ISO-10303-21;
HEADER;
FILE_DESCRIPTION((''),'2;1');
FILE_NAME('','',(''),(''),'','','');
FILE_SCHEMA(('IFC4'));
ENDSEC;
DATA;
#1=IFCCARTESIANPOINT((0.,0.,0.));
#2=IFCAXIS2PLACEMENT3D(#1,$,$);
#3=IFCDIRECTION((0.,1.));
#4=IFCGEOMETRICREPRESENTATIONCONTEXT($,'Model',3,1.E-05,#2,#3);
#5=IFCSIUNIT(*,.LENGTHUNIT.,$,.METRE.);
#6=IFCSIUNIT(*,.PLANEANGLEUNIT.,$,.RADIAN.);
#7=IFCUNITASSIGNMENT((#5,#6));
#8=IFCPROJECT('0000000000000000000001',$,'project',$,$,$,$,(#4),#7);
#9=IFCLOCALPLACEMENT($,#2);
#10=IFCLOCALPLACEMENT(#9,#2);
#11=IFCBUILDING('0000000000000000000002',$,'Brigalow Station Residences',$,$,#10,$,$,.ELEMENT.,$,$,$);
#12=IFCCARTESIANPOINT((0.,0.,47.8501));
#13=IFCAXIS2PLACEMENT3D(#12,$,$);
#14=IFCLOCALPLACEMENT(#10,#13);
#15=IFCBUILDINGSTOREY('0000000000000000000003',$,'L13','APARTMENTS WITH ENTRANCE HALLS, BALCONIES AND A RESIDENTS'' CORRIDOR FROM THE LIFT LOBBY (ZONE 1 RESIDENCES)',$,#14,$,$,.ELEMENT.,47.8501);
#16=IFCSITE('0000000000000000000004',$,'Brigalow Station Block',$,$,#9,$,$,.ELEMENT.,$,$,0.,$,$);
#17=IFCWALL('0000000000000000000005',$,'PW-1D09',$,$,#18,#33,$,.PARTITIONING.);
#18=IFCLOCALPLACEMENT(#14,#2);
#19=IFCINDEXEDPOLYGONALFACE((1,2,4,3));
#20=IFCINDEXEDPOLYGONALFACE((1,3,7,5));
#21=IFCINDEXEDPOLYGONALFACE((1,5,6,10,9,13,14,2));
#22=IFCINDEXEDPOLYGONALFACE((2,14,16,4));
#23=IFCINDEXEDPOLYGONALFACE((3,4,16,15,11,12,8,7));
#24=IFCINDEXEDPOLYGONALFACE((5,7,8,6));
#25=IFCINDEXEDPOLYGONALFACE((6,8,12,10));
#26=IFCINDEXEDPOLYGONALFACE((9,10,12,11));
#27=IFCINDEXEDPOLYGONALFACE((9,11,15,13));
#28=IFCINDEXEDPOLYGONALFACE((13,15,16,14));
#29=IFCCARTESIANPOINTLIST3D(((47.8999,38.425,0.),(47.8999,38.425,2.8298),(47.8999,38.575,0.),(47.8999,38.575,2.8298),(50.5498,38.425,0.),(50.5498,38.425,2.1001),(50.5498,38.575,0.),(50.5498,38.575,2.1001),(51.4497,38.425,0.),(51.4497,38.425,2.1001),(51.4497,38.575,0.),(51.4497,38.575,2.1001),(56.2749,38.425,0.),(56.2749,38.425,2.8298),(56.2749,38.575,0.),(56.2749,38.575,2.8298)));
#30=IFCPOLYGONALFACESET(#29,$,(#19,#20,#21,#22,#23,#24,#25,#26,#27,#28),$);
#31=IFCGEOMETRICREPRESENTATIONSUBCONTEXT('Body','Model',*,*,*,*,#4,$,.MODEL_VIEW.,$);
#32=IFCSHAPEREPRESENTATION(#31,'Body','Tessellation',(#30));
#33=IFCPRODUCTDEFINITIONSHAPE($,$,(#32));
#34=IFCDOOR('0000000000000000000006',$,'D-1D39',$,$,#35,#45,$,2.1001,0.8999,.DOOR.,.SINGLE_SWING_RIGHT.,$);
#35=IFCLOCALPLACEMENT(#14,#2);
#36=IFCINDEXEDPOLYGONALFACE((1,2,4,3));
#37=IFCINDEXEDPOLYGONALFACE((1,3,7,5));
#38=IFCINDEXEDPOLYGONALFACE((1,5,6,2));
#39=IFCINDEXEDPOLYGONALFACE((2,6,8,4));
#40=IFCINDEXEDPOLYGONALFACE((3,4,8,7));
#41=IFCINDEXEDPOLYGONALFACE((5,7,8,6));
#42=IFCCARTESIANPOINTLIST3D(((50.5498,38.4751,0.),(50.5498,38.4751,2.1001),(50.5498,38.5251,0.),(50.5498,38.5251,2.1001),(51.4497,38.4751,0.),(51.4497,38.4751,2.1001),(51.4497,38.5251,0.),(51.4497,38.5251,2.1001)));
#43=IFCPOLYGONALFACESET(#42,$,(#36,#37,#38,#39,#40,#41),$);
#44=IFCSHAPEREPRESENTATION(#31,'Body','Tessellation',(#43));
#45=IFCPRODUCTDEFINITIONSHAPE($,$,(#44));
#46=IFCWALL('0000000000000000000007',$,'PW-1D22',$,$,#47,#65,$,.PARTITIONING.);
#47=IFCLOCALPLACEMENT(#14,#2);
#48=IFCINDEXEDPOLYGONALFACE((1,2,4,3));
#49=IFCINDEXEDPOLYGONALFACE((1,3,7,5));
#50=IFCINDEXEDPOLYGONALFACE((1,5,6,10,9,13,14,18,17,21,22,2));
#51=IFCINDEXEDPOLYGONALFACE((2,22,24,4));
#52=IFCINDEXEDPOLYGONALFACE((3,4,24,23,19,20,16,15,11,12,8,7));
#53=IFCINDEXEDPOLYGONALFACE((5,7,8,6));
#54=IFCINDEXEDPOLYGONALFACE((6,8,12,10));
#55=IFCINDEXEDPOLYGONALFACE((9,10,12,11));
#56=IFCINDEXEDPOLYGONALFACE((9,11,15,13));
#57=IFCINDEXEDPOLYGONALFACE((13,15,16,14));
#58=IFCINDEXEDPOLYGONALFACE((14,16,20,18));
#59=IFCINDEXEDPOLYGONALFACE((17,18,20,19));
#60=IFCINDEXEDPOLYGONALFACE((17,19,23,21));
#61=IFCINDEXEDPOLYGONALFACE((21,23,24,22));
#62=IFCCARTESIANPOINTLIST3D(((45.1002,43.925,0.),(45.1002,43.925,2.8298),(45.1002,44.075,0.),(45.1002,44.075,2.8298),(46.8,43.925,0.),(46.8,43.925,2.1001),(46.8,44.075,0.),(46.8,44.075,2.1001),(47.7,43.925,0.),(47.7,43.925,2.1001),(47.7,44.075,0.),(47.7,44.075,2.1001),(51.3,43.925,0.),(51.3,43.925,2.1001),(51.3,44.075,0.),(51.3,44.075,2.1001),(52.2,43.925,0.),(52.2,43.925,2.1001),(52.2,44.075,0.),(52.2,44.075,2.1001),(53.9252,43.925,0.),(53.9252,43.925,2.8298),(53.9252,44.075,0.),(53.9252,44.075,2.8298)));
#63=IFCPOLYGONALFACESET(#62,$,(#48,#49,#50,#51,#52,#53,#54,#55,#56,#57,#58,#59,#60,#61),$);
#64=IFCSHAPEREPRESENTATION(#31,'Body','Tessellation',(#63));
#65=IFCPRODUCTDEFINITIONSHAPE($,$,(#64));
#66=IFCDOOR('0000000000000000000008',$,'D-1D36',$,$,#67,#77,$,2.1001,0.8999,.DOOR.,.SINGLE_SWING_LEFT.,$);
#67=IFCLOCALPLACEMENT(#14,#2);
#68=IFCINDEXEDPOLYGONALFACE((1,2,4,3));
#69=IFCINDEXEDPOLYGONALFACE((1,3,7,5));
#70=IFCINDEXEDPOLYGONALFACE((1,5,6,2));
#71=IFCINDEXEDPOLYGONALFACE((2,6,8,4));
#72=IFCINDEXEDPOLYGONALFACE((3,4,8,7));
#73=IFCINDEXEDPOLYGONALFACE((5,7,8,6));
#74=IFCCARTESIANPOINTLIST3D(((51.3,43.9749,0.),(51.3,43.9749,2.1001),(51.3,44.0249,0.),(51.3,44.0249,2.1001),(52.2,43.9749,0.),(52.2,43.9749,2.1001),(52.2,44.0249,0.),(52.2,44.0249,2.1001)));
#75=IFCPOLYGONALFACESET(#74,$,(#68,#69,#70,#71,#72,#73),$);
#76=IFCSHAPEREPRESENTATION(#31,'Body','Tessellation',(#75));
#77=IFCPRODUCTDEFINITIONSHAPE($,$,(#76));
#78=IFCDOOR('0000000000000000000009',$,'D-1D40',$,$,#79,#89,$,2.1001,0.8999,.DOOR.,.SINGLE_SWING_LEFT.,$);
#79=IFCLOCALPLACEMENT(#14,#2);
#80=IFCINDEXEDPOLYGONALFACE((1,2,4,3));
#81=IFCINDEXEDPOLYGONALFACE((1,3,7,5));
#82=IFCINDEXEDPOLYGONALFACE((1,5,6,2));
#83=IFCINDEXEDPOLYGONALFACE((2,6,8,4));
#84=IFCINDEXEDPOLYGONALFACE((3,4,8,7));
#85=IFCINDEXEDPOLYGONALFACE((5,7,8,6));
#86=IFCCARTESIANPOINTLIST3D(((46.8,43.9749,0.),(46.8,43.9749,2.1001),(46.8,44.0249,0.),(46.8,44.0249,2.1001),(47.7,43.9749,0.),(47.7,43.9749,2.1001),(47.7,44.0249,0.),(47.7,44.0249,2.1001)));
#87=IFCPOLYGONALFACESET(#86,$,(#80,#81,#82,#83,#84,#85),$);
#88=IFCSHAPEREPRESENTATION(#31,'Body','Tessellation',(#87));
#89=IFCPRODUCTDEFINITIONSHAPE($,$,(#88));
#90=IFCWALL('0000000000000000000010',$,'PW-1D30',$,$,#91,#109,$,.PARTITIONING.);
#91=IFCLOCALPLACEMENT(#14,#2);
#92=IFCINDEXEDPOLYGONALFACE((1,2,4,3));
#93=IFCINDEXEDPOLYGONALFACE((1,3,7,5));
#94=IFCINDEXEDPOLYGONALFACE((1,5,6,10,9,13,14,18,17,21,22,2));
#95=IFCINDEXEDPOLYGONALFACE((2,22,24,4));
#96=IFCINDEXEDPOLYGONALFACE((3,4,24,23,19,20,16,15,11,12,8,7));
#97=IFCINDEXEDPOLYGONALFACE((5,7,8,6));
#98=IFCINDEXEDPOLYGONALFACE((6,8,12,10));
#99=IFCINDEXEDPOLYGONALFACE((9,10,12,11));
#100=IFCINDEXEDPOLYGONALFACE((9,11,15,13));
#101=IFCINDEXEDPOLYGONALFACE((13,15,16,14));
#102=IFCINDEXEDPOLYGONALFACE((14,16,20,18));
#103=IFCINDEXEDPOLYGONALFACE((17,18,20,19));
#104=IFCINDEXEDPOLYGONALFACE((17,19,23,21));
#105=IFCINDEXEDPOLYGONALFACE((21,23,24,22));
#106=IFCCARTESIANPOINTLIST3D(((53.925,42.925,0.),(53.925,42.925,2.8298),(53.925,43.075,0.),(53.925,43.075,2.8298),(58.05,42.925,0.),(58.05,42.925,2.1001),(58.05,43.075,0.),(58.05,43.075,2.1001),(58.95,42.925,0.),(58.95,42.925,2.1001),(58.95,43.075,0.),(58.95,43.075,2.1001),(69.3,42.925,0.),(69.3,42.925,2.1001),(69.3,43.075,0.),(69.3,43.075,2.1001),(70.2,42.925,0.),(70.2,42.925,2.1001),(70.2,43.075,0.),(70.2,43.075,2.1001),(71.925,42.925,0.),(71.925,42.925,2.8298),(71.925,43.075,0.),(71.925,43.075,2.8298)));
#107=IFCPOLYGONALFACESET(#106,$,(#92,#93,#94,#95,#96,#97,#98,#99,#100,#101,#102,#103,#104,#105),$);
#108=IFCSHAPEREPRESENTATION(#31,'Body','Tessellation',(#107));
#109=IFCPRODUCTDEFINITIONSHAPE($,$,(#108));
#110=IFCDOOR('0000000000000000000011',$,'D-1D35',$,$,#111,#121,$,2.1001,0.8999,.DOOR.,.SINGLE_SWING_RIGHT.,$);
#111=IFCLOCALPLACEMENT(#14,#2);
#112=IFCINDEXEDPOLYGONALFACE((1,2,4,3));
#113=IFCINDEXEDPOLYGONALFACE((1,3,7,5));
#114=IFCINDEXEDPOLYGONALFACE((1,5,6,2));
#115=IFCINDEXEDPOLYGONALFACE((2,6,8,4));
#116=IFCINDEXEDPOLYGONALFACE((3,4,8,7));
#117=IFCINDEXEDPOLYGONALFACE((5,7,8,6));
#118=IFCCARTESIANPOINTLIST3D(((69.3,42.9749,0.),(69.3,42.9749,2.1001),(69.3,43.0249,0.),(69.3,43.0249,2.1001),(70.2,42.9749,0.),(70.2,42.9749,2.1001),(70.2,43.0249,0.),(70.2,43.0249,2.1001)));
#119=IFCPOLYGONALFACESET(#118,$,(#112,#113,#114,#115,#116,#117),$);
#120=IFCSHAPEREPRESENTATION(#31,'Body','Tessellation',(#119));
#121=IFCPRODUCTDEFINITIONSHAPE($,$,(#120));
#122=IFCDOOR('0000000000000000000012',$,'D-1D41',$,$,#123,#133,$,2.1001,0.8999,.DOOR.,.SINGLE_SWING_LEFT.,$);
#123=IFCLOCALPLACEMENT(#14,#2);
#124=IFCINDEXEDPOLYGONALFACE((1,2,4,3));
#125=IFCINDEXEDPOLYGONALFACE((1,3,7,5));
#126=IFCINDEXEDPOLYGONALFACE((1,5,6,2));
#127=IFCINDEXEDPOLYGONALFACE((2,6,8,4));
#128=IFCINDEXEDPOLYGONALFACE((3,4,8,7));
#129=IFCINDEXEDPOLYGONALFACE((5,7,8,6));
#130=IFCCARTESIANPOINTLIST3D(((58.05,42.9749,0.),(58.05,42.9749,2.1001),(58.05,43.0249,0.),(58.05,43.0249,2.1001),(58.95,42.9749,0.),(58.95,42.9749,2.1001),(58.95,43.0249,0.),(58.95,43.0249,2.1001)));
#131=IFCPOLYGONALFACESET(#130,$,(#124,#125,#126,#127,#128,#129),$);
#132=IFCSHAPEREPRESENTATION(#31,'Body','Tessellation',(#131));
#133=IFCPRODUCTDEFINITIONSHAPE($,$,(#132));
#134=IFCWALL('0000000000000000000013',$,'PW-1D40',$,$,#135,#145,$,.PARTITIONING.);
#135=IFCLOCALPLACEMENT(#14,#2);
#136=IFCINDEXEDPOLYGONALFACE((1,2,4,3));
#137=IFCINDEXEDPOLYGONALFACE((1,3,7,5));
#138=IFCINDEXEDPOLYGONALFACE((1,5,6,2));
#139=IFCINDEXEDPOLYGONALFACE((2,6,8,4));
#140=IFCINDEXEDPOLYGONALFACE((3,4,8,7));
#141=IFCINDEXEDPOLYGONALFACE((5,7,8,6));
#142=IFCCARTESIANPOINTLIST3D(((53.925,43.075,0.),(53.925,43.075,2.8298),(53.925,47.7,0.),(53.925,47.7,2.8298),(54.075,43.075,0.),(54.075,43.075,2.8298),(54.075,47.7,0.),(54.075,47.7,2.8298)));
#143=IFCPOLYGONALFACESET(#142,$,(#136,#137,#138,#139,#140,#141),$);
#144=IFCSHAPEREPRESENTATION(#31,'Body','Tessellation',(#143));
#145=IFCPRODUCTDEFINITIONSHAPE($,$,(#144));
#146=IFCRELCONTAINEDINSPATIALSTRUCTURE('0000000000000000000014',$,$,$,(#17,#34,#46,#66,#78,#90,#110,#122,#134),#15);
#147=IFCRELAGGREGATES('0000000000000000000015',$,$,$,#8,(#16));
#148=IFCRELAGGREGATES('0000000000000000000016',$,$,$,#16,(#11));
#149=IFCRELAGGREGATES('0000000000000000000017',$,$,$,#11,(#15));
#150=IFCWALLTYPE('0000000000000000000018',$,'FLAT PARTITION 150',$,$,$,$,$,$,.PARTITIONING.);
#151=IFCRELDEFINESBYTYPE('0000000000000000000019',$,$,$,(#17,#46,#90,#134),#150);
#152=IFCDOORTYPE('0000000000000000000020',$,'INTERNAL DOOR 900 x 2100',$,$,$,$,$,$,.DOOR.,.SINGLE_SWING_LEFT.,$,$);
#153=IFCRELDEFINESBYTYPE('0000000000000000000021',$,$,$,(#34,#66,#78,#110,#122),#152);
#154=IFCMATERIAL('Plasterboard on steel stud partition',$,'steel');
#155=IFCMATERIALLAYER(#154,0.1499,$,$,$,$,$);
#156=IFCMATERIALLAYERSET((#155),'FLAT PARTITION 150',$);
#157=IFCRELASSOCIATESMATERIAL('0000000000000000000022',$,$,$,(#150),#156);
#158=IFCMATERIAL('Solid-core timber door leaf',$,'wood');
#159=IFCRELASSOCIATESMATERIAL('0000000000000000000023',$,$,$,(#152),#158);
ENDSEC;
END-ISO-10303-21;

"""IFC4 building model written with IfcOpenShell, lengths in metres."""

from ifc_helpers import new_model, si_unit, direction, frame, frame_2d, origin, place, context, subcontext, project, spatial, rectangle, extrude, material, layer, layer_set, type_object, element, fill, save


model = new_model("IFC4")

# Units and contexts
model_context = context("Model", 3, precision=1e-05, world=origin(), true_north=direction((0.0, 1.0)))
body_context = subcontext(model_context, "Body", "Model", "MODEL_VIEW")
ifc_project = project(units=[si_unit("LENGTHUNIT", "METRE"), si_unit("PLANEANGLEUNIT", "RADIAN")], contexts=[model_context])

# Site, building, storey
site_placement = place(None, origin())
site = spatial("IfcSite", under=ifc_project, at=site_placement, Name="Brigalow Station Block", CompositionType="ELEMENT", RefElevation=0.0)
building_placement = place(site_placement, origin())
building = spatial("IfcBuilding", under=site, at=building_placement, Name="Brigalow Station Residences", CompositionType="ELEMENT")
storey_placement = place(building_placement, frame((0.0, 0.0, 47.8501)))
storey = spatial("IfcBuildingStorey", under=building, at=storey_placement, Name="L13", Description="APARTMENTS WITH ENTRANCE HALLS, BALCONIES AND A RESIDENTS' CORRIDOR FROM THE LIFT LOBBY (ZONE 1 RESIDENCES)", CompositionType="ELEMENT", Elevation=47.8501)

# Wall, opening, door
ifc_material_1 = material(Name="Plasterboard on steel stud partition", Category="steel")
ifc_layer_1 = layer(ifc_material_1, 0.1499)
ifc_layer_set_1 = layer_set([ifc_layer_1], Name="FLAT PARTITION 150")
wall_type_1 = type_object("IfcWallType", Name="FLAT PARTITION 150", PredefinedType="PARTITIONING", material=ifc_layer_set_1)
wall_1_placement = place(storey_placement, frame((47.8999, 38.5, 0.0), z_axis=(0.0, 0.0, 1.0), x_axis=(1.0, 0.0, 0.0)))
wall_1 = element("IfcWall", 1, at=wall_1_placement, inside=storey, type_object=wall_type_1, Name="PW-1D09", PredefinedType="PARTITIONING", context=body_context, shape_type="SweptSolid", body=[
    extrude(rectangle(XDim=8.375, YDim=0.1499, at=frame_2d((4.1875, 0.0))), origin(), (0.0, 0.0, 1.0), 2.8298),
])
opening_1_placement = place(wall_1_placement, frame((2.6499, 0.0, 0.0)))
opening_1 = element("IfcOpeningElement", 2, at=opening_1_placement, cuts=wall_1, PredefinedType="OPENING", context=body_context, shape_type="SweptSolid", body=[
    extrude(rectangle(XDim=0.8999, YDim=2.1001, at=frame_2d((0.45, 1.05))), frame((0.0, 0.085, 0.0), z_axis=(0.0, -1.0, 0.0), x_axis=(1.0, 0.0, 0.0)), (0.0, 0.0, 1.0), 0.1699),
])
ifc_material_2 = material(Name="Solid-core timber door leaf", Category="wood")
door_type_1 = type_object("IfcDoorType", Name="INTERNAL DOOR 900 x 2100", OperationType="SINGLE_SWING_LEFT", PredefinedType="DOOR", material=ifc_material_2)
door_1_placement = place(opening_1_placement, frame((0.8999, 0.0, 0.0), z_axis=(0.0, 0.0, 1.0), x_axis=(-1.0, 0.0, 0.0)))
door_1 = element("IfcDoor", 3, at=door_1_placement, inside=storey, type_object=door_type_1, Name="D-1D39", OperationType="SINGLE_SWING_RIGHT", OverallHeight=2.1001, OverallWidth=0.8999, PredefinedType="DOOR", context=body_context, shape_type="SweptSolid", body=[
    extrude(rectangle(XDim=0.8999, YDim=2.1001, at=frame_2d((0.45, 1.05))), frame((0.0, 0.0249, 0.0), z_axis=(0.0, -1.0, 0.0), x_axis=(1.0, 0.0, 0.0)), (0.0, 0.0, 1.0), 0.05),
])
fill(opening_1, door_1)

# Walls, openings, doors
wall_2_placement = place(storey_placement, frame((45.1001, 44.0, 0.0), z_axis=(0.0, 0.0, 1.0), x_axis=(1.0, 0.0, 0.0)))
wall_2 = element("IfcWall", 4, at=wall_2_placement, inside=storey, type_object=wall_type_1, Name="PW-1D22", PredefinedType="PARTITIONING", context=body_context, shape_type="SweptSolid", body=[
    extrude(rectangle(XDim=8.825, YDim=0.1499, at=frame_2d((4.4126, 0.0))), origin(), (0.0, 0.0, 1.0), 2.8298),
])
opening_2_placement = place(wall_2_placement, frame((6.2, 0.0, 0.0)))
opening_2 = element("IfcOpeningElement", 5, at=opening_2_placement, cuts=wall_2, PredefinedType="OPENING", context=body_context, shape_type="SweptSolid", body=[
    extrude(rectangle(XDim=0.8999, YDim=2.1001, at=frame_2d((0.45, 1.05))), frame((0.0, 0.085, 0.0), z_axis=(0.0, -1.0, 0.0), x_axis=(1.0, 0.0, 0.0)), (0.0, 0.0, 1.0), 0.1699),
])
opening_3_placement = place(wall_2_placement, frame((1.7, 0.0, 0.0)))
opening_3 = element("IfcOpeningElement", 6, at=opening_3_placement, cuts=wall_2, PredefinedType="OPENING", context=body_context, shape_type="SweptSolid", body=[
    extrude(rectangle(XDim=0.8999, YDim=2.1001, at=frame_2d((0.45, 1.05))), frame((0.0, 0.085, 0.0), z_axis=(0.0, -1.0, 0.0), x_axis=(1.0, 0.0, 0.0)), (0.0, 0.0, 1.0), 0.1699),
])
door_2_placement = place(opening_2_placement, origin())
door_2 = element("IfcDoor", 7, at=door_2_placement, inside=storey, type_object=door_type_1, Name="D-1D36", OperationType="SINGLE_SWING_LEFT", OverallHeight=2.1001, OverallWidth=0.8999, PredefinedType="DOOR", context=body_context, shape_type="SweptSolid", body=[
    extrude(rectangle(XDim=0.8999, YDim=2.1001, at=frame_2d((0.45, 1.05))), frame((0.0, 0.0249, 0.0), z_axis=(0.0, -1.0, 0.0), x_axis=(1.0, 0.0, 0.0)), (0.0, 0.0, 1.0), 0.05),
])
fill(opening_2, door_2)
door_3_placement = place(opening_3_placement, origin())
door_3 = element("IfcDoor", 8, at=door_3_placement, inside=storey, type_object=door_type_1, Name="D-1D40", OperationType="SINGLE_SWING_LEFT", OverallHeight=2.1001, OverallWidth=0.8999, PredefinedType="DOOR", context=body_context, shape_type="SweptSolid", body=[
    extrude(rectangle(XDim=0.8999, YDim=2.1001, at=frame_2d((0.45, 1.05))), frame((0.0, 0.0249, 0.0), z_axis=(0.0, -1.0, 0.0), x_axis=(1.0, 0.0, 0.0)), (0.0, 0.0, 1.0), 0.05),
])
fill(opening_3, door_3)
wall_3_placement = place(storey_placement, frame((53.925, 43.0, 0.0), z_axis=(0.0, 0.0, 1.0), x_axis=(1.0, 0.0, 0.0)))
wall_3 = element("IfcWall", 9, at=wall_3_placement, inside=storey, type_object=wall_type_1, Name="PW-1D30", PredefinedType="PARTITIONING", context=body_context, shape_type="SweptSolid", body=[
    extrude(rectangle(XDim=18.0, YDim=0.1499, at=frame_2d((9.0, 0.0))), origin(), (0.0, 0.0, 1.0), 2.8298),
])
opening_4_placement = place(wall_3_placement, frame((15.375, 0.0, 0.0)))
opening_4 = element("IfcOpeningElement", 10, at=opening_4_placement, cuts=wall_3, PredefinedType="OPENING", context=body_context, shape_type="SweptSolid", body=[
    extrude(rectangle(XDim=0.8999, YDim=2.1001, at=frame_2d((0.45, 1.05))), frame((0.0, 0.085, 0.0), z_axis=(0.0, -1.0, 0.0), x_axis=(1.0, 0.0, 0.0)), (0.0, 0.0, 1.0), 0.1699),
])
opening_5_placement = place(wall_3_placement, frame((4.125, 0.0, 0.0)))
opening_5 = element("IfcOpeningElement", 11, at=opening_5_placement, cuts=wall_3, PredefinedType="OPENING", context=body_context, shape_type="SweptSolid", body=[
    extrude(rectangle(XDim=0.8999, YDim=2.1001, at=frame_2d((0.45, 1.05))), frame((0.0, 0.085, 0.0), z_axis=(0.0, -1.0, 0.0), x_axis=(1.0, 0.0, 0.0)), (0.0, 0.0, 1.0), 0.1699),
])
door_4_placement = place(opening_4_placement, origin())
door_4 = element("IfcDoor", 12, at=door_4_placement, inside=storey, type_object=door_type_1, Name="D-1D35", OperationType="SINGLE_SWING_RIGHT", OverallHeight=2.1001, OverallWidth=0.8999, PredefinedType="DOOR", context=body_context, shape_type="SweptSolid", body=[
    extrude(rectangle(XDim=0.8999, YDim=2.1001, at=frame_2d((0.45, 1.05))), frame((0.0, 0.0249, 0.0), z_axis=(0.0, -1.0, 0.0), x_axis=(1.0, 0.0, 0.0)), (0.0, 0.0, 1.0), 0.05),
])
fill(opening_4, door_4)
door_5_placement = place(opening_5_placement, origin())
door_5 = element("IfcDoor", 13, at=door_5_placement, inside=storey, type_object=door_type_1, Name="D-1D41", OperationType="SINGLE_SWING_LEFT", OverallHeight=2.1001, OverallWidth=0.8999, PredefinedType="DOOR", context=body_context, shape_type="SweptSolid", body=[
    extrude(rectangle(XDim=0.8999, YDim=2.1001, at=frame_2d((0.45, 1.05))), frame((0.0, 0.0249, 0.0), z_axis=(0.0, -1.0, 0.0), x_axis=(1.0, 0.0, 0.0)), (0.0, 0.0, 1.0), 0.05),
])
fill(opening_5, door_5)

# Wall
wall_4_placement = place(storey_placement, frame((54.0, 43.075, 0.0), z_axis=(0.0, 0.0, 1.0), x_axis=(0.0, 1.0, 0.0)))
element("IfcWall", 14, at=wall_4_placement, inside=storey, type_object=wall_type_1, Name="PW-1D40", PredefinedType="PARTITIONING", context=body_context, shape_type="SweptSolid", body=[
    extrude(rectangle(XDim=4.625, YDim=0.1499, at=frame_2d((2.3125, 0.0))), origin(), (0.0, 0.0, 1.0), 2.8298),
])

save(model, "model.ifc")
